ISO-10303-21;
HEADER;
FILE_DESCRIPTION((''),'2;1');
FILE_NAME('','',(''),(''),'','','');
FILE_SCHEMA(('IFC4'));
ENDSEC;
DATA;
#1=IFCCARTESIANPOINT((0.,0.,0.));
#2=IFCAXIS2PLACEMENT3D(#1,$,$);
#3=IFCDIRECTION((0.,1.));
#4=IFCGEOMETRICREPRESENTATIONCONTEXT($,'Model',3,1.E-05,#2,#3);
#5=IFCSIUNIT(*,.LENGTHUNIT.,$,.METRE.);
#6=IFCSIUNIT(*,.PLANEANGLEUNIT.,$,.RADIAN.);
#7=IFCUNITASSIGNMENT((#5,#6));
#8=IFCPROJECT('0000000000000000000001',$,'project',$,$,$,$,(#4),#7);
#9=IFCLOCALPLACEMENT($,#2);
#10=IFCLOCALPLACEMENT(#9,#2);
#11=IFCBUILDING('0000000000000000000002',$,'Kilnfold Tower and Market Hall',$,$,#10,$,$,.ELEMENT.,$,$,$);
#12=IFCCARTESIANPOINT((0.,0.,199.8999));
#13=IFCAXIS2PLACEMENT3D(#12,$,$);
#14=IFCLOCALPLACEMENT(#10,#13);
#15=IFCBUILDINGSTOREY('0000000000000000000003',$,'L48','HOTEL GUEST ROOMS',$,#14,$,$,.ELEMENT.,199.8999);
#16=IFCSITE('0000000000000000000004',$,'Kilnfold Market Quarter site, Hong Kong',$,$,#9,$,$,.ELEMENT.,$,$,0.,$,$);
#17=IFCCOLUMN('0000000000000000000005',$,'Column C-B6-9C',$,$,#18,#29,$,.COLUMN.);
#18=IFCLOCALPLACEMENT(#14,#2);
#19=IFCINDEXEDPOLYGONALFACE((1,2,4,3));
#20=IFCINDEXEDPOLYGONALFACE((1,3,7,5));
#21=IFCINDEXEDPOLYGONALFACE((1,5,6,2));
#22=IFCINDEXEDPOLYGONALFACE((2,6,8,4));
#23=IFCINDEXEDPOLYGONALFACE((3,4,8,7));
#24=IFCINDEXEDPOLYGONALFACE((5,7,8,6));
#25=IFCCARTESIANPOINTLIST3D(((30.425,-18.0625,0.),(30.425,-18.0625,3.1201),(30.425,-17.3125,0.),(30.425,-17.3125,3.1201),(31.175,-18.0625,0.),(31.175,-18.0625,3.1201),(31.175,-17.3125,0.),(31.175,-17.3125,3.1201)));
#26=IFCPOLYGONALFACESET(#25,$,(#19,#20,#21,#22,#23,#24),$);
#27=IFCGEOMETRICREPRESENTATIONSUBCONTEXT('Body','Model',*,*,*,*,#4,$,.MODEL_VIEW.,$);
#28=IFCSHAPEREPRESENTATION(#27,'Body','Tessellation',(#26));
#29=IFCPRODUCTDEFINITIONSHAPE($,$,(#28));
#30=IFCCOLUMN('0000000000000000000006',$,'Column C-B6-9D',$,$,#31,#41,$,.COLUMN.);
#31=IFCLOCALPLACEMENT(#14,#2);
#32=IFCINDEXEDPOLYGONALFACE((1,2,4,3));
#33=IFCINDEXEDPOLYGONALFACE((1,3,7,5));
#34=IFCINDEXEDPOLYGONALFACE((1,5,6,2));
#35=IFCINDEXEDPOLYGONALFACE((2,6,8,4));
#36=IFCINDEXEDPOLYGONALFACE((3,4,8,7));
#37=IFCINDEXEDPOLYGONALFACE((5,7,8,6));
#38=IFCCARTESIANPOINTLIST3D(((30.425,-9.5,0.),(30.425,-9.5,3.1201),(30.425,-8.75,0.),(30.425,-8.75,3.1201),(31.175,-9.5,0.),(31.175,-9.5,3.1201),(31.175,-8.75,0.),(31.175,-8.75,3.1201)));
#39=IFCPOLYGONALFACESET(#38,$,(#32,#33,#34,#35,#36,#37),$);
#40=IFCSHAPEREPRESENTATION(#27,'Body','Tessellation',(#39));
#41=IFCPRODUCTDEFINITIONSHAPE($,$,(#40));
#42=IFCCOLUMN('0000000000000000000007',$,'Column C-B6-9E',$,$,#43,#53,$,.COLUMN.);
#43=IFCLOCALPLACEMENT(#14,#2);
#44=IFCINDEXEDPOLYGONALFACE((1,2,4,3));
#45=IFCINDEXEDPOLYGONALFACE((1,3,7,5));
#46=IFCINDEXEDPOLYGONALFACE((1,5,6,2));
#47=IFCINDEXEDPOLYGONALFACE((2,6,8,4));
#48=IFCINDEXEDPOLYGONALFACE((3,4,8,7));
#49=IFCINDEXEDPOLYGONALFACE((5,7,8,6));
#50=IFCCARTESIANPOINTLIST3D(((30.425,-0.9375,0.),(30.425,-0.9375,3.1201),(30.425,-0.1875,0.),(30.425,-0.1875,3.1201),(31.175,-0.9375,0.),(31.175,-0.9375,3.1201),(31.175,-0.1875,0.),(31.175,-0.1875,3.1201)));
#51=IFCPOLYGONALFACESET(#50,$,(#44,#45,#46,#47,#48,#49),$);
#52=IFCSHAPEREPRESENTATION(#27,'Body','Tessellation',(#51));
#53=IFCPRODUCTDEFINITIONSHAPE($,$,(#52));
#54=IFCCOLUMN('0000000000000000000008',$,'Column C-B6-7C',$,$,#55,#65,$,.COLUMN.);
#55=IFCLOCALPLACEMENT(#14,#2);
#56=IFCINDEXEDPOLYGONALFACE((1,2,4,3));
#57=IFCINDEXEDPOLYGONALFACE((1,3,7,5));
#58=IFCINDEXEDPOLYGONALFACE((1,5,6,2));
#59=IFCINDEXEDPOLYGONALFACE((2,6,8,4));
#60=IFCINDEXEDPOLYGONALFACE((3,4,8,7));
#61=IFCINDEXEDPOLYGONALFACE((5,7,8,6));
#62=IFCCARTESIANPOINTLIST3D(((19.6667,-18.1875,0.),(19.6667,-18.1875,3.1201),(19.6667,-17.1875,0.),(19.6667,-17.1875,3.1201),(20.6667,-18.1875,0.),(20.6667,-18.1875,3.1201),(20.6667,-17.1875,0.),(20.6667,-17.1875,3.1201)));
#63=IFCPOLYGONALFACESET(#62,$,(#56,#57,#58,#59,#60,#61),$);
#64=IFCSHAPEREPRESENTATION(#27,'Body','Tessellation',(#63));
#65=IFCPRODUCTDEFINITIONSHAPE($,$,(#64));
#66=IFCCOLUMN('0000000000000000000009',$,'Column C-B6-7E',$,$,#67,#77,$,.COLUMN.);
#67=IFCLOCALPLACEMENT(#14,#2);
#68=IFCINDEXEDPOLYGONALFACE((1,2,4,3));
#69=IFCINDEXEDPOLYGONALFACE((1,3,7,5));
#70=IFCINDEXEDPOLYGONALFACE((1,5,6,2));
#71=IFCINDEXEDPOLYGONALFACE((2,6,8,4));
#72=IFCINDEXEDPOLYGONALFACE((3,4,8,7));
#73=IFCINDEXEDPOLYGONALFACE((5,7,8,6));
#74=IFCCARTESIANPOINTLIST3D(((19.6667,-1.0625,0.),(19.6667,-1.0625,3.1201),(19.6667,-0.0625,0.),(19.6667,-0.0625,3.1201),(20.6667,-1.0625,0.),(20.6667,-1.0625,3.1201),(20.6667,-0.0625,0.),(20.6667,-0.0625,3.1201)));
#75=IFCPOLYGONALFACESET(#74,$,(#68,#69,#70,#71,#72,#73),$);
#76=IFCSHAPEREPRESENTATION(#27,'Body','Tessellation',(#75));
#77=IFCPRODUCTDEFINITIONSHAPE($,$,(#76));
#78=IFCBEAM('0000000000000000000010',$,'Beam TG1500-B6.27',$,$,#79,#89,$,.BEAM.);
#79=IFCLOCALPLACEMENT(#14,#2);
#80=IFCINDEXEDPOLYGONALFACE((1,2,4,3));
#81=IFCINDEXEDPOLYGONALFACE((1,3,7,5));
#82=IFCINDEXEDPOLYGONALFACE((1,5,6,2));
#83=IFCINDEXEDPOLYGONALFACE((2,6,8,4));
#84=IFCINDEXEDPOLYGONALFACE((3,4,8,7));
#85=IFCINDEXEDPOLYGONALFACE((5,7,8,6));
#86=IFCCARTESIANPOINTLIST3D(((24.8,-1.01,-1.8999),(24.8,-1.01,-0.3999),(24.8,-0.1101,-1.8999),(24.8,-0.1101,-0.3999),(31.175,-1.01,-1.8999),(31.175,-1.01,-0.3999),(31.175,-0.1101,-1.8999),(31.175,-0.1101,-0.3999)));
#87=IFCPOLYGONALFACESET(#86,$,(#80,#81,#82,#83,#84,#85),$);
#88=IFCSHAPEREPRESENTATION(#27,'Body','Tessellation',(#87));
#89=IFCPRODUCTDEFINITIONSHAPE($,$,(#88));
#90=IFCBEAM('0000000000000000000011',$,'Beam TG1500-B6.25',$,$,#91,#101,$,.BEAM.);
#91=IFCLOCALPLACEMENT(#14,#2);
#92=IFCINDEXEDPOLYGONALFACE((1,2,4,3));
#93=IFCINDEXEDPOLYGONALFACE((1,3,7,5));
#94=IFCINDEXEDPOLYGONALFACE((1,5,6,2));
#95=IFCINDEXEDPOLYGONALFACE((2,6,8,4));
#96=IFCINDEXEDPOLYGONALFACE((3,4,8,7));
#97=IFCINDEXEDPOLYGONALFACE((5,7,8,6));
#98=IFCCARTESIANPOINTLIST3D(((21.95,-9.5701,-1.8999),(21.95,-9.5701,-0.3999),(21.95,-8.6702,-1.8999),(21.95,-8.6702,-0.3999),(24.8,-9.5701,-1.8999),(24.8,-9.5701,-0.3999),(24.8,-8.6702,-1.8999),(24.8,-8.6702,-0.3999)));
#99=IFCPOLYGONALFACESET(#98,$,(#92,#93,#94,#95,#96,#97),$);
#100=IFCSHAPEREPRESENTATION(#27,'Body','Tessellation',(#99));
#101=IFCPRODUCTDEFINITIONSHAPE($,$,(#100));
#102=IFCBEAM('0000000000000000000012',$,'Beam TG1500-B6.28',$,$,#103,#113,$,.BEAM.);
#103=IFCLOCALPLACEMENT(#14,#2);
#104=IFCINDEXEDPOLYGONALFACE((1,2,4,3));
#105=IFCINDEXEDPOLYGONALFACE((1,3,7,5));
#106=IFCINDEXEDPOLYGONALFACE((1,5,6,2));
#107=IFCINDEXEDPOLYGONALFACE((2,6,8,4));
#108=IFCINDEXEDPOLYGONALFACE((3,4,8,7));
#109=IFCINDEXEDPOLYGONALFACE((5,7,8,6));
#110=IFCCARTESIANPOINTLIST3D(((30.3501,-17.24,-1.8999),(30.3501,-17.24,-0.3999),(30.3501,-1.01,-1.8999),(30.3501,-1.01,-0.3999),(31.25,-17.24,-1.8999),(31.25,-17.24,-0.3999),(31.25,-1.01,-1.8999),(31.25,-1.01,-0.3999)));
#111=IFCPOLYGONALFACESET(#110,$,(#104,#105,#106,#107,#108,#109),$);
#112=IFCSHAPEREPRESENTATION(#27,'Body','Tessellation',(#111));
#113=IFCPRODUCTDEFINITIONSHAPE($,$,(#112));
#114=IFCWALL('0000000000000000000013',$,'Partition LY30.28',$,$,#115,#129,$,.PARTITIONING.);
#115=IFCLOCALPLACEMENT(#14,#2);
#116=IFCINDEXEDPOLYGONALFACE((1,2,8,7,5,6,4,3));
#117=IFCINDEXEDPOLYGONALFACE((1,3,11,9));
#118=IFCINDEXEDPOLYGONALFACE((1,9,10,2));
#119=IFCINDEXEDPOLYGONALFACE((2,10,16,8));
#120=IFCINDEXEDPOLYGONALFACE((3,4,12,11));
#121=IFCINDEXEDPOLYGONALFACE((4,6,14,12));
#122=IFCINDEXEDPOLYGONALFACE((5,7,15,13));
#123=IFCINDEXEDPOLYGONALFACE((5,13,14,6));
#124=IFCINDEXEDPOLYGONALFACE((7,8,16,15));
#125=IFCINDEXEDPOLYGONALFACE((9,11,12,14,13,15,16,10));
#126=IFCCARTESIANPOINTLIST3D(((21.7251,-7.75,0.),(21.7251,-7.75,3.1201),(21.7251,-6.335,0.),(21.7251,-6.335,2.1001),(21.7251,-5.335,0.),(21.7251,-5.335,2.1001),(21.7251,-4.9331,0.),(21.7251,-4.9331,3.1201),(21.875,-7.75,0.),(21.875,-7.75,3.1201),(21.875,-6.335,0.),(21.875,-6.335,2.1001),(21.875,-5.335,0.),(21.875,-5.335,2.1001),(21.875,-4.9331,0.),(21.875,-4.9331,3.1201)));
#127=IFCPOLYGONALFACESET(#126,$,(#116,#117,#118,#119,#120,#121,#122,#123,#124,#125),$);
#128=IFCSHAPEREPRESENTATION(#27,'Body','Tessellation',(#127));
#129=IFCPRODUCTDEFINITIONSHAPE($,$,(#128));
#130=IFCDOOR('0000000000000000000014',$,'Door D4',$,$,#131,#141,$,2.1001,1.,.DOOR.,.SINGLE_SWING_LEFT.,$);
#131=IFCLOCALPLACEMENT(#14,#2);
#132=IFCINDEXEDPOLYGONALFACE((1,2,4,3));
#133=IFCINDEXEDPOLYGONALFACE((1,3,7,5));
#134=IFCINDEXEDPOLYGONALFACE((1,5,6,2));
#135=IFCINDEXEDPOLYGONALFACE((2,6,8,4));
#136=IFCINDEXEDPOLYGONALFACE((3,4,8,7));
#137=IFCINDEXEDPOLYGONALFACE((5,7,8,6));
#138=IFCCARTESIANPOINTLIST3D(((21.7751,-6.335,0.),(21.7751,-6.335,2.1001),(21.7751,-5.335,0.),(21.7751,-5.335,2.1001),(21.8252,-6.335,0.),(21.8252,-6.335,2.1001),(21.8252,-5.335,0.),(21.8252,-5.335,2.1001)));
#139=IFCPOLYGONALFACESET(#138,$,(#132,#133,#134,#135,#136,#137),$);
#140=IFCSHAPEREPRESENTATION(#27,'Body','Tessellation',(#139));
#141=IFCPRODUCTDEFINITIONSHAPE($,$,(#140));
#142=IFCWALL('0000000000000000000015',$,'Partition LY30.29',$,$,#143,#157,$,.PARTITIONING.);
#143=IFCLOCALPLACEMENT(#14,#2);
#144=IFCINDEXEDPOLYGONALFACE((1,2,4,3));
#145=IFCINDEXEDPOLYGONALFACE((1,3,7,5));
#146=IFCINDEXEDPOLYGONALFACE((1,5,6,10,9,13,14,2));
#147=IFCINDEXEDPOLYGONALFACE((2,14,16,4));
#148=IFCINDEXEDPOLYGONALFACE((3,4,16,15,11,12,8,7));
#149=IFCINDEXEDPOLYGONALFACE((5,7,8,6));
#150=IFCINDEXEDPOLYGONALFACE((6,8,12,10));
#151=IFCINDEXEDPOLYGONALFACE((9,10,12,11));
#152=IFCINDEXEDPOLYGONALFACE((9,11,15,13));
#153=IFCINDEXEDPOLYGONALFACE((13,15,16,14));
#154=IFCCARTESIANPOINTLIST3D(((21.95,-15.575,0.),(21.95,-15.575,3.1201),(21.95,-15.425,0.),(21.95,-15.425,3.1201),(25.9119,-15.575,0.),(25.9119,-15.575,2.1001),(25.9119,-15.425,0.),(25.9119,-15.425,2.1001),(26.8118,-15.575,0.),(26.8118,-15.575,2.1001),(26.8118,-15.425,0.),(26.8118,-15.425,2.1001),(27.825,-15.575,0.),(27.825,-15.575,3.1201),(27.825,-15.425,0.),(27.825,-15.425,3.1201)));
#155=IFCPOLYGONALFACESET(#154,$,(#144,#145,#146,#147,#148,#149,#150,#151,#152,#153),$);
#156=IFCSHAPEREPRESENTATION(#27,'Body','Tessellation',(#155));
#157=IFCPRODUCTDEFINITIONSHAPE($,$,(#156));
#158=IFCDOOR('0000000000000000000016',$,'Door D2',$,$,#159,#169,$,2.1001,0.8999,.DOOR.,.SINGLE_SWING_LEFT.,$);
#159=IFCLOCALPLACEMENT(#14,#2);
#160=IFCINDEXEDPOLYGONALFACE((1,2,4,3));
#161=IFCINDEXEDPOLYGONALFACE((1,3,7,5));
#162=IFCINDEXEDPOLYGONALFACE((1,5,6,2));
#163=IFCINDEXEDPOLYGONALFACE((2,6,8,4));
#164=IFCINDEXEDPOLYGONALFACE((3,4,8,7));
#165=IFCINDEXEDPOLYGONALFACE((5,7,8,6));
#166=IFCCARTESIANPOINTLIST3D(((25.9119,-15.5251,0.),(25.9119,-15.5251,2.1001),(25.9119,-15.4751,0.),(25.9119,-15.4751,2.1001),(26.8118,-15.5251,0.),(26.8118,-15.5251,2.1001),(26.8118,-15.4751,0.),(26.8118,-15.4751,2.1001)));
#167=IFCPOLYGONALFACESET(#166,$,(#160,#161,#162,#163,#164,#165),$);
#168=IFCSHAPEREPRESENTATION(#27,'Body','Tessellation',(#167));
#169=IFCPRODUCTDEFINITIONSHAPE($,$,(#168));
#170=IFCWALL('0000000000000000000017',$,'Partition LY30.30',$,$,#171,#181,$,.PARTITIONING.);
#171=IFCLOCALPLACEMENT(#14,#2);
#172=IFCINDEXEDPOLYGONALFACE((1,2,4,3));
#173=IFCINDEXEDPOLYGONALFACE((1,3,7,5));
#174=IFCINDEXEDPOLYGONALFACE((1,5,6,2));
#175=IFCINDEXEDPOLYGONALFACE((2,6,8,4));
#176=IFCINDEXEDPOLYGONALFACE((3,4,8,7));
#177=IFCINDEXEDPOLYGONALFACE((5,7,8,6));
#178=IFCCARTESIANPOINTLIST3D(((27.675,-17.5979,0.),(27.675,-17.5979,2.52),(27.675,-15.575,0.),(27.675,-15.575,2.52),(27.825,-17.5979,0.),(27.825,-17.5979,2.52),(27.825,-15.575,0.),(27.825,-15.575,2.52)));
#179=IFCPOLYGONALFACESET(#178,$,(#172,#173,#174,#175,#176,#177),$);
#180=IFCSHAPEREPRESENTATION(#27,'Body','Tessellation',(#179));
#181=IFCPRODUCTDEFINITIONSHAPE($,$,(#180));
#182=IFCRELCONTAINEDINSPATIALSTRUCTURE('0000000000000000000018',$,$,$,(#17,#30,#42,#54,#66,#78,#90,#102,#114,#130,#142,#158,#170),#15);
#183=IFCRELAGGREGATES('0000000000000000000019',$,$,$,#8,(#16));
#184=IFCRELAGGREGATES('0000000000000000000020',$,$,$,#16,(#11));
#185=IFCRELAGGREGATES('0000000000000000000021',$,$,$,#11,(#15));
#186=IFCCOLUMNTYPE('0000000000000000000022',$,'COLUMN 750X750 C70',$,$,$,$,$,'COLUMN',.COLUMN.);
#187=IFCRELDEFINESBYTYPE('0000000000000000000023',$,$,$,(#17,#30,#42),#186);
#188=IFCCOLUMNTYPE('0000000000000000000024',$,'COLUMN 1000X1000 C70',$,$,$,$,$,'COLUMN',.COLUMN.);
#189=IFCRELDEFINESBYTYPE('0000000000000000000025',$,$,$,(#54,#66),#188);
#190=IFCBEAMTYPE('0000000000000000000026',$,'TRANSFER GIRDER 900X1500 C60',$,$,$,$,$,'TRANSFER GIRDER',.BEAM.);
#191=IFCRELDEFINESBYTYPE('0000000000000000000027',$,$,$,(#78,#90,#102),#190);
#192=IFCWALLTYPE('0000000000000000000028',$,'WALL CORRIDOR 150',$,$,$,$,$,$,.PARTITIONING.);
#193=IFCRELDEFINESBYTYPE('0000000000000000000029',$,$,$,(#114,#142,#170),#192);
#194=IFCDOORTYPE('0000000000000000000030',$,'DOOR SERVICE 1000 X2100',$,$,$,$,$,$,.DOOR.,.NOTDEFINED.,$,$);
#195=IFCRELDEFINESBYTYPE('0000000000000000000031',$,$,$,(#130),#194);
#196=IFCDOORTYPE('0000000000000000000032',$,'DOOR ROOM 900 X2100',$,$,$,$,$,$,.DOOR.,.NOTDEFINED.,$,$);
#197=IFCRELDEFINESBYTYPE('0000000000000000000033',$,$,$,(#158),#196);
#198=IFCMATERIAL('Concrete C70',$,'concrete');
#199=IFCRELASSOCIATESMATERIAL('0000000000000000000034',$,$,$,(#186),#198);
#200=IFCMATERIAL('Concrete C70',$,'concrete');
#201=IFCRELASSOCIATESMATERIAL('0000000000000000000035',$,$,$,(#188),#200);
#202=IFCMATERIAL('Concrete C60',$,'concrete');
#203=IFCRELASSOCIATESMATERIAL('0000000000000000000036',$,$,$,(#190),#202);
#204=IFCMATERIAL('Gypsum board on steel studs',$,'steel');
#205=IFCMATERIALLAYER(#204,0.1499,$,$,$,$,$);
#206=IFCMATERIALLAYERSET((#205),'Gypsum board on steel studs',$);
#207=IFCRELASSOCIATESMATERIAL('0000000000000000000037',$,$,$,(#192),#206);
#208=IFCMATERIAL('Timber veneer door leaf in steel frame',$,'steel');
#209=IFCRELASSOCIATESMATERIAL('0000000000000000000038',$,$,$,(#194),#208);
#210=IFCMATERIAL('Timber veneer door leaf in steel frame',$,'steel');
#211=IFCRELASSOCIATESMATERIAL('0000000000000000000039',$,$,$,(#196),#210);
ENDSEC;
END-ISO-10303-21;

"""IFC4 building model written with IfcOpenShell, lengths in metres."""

from ifc_helpers import new_model, si_unit, direction, frame, frame_2d, origin, origin_2d, place, context, subcontext, project, spatial, rectangle, extrude, source, transform, mapped, material, layer, layer_set, material_profile, profile_set, type_object, element, fill, save


model = new_model("IFC4")

# Units and contexts
model_context = context("Model", 3, precision=1e-05, world=origin(), true_north=direction((0.0, 1.0)))
body_context = subcontext(model_context, "Body", "Model", "MODEL_VIEW")
ifc_project = project(units=[si_unit("LENGTHUNIT", "METRE"), si_unit("PLANEANGLEUNIT", "RADIAN")], contexts=[model_context])

# Site, building, storey
site_placement = place(None, origin())
site = spatial("IfcSite", under=ifc_project, at=site_placement, Name="Kilnfold Market Quarter site, Hong Kong", CompositionType="ELEMENT", RefElevation=0.0)
building_placement = place(site_placement, origin())
building = spatial("IfcBuilding", under=site, at=building_placement, Name="Kilnfold Tower and Market Hall", CompositionType="ELEMENT")
storey_placement = place(building_placement, frame((0.0, 0.0, 199.8999)))
storey = spatial("IfcBuildingStorey", under=building, at=storey_placement, Name="L48", Description="HOTEL GUEST ROOMS", CompositionType="ELEMENT", Elevation=199.8999)

# Columns
ifc_material_1 = material(Name="Concrete C70", Category="concrete")
ifc_material_profile_1 = material_profile(ifc_material_1, rectangle(XDim=0.75, YDim=0.75, at=origin_2d()), Name="RC 750x750")
ifc_profile_set_1 = profile_set([ifc_material_profile_1], Name="Concrete C70")
column_type_1 = type_object("IfcColumnType", Name="COLUMN 750X750 C70", ElementType="COLUMN", PredefinedType="COLUMN", material=ifc_profile_set_1)
shared_shape_1 = source(origin(), body_context, "Body", "SweptSolid", [
    extrude(rectangle(XDim=0.75, YDim=0.75, at=origin_2d()), origin(), (0.0, 0.0, 1.0), 3.1201),
])
for number, where, z_axis, x_axis, name in (
    (1, (30.8, -17.6875, 0.0), (0.0, 0.0, 1.0), (1.0, 0.0, 0.0), "Column C-B6-9C"),
    (2, (30.8, -9.125, 0.0), (0.0, 0.0, 1.0), (1.0, 0.0, 0.0), "Column C-B6-9D"),
    (3, (30.8, -0.5625, 0.0), (0.0, 0.0, 1.0), (1.0, 0.0, 0.0), "Column C-B6-9E"),
):
    element("IfcColumn", number, at=place(storey_placement, frame(where, z_axis=z_axis, x_axis=x_axis)), inside=storey, type_object=column_type_1, Name=name, PredefinedType="COLUMN", context=body_context, shape_type="MappedRepresentation", body=[
        mapped(shared_shape_1, transform((0.0, 0.0, 0.0))),
    ])
ifc_material_2 = material(Name="Concrete C70", Category="concrete")
ifc_material_profile_2 = material_profile(ifc_material_2, rectangle(XDim=1.0, YDim=1.0, at=origin_2d()), Name="RC 1000x1000")
ifc_profile_set_2 = profile_set([ifc_material_profile_2], Name="Concrete C70")
column_type_2 = type_object("IfcColumnType", Name="COLUMN 1000X1000 C70", ElementType="COLUMN", PredefinedType="COLUMN", material=ifc_profile_set_2)
shared_shape_2 = source(origin(), body_context, "Body", "SweptSolid", [
    extrude(rectangle(XDim=1.0, YDim=1.0, at=origin_2d()), origin(), (0.0, 0.0, 1.0), 3.1201),
])
for number, where, z_axis, x_axis, name in (
    (4, (20.1667, -17.6875, 0.0), (0.0, 0.0, 1.0), (1.0, 0.0, 0.0), "Column C-B6-7C"),
    (5, (20.1667, -0.5625, 0.0), (0.0, 0.0, 1.0), (1.0, 0.0, 0.0), "Column C-B6-7E"),
):
    element("IfcColumn", number, at=place(storey_placement, frame(where, z_axis=z_axis, x_axis=x_axis)), inside=storey, type_object=column_type_2, Name=name, PredefinedType="COLUMN", context=body_context, shape_type="MappedRepresentation", body=[
        mapped(shared_shape_2, transform((0.0, 0.0, 0.0))),
    ])

# Beams
ifc_material_3 = material(Name="Concrete C60", Category="concrete")
ifc_material_profile_3 = material_profile(ifc_material_3, rectangle(XDim=0.8999, YDim=1.5, at=origin_2d()), Name="RC 900x1500")
ifc_profile_set_3 = profile_set([ifc_material_profile_3], Name="Concrete C60")
beam_type = type_object("IfcBeamType", Name="TRANSFER GIRDER 900X1500 C60", ElementType="TRANSFER GIRDER", PredefinedType="BEAM", material=ifc_profile_set_3)
shared_shape_3 = source(origin(), body_context, "Body", "SweptSolid", [
    extrude(rectangle(XDim=0.8999, YDim=1.5, at=origin_2d()), origin(), (0.0, 0.0, 1.0), 6.375),
])
beam_1_placement = place(storey_placement, frame((24.8, -0.5601, -1.1499), z_axis=(1.0, 0.0, 0.0), x_axis=(0.0, 1.0, 0.0)))
element("IfcBeam", 6, at=beam_1_placement, inside=storey, type_object=beam_type, Name="Beam TG1500-B6.27", PredefinedType="BEAM", context=body_context, shape_type="MappedRepresentation", body=[
    mapped(shared_shape_3, transform((0.0, 0.0, 0.0))),
])
shared_shape_4 = source(origin(), body_context, "Body", "SweptSolid", [
    extrude(rectangle(XDim=0.8999, YDim=1.5, at=origin_2d()), origin(), (0.0, 0.0, 1.0), 2.8501),
])
beam_2_placement = place(storey_placement, frame((21.95, -9.1201, -1.1499), z_axis=(1.0, 0.0, 0.0), x_axis=(0.0, 1.0, 0.0)))
element("IfcBeam", 7, at=beam_2_placement, inside=storey, type_object=beam_type, Name="Beam TG1500-B6.25", PredefinedType="BEAM", context=body_context, shape_type="MappedRepresentation", body=[
    mapped(shared_shape_4, transform((0.0, 0.0, 0.0))),
])
shared_shape_5 = source(origin(), body_context, "Body", "SweptSolid", [
    extrude(rectangle(XDim=0.8999, YDim=1.5, at=origin_2d()), origin(), (0.0, 0.0, 1.0), 16.23),
])
beam_3_placement = place(storey_placement, frame((30.8, -17.24, -1.1499), z_axis=(0.0, 1.0, 0.0), x_axis=(-1.0, 0.0, 0.0)))
element("IfcBeam", 8, at=beam_3_placement, inside=storey, type_object=beam_type, Name="Beam TG1500-B6.28", PredefinedType="BEAM", context=body_context, shape_type="MappedRepresentation", body=[
    mapped(shared_shape_5, transform((0.0, 0.0, 0.0))),
])

# Walls, openings, doors
ifc_material_4 = material(Name="Gypsum board on steel studs", Category="steel")
ifc_layer_1 = layer(ifc_material_4, 0.1499)
ifc_layer_set_1 = layer_set([ifc_layer_1], Name="Gypsum board on steel studs")
wall_type_1 = type_object("IfcWallType", Name="WALL CORRIDOR 150", PredefinedType="PARTITIONING", material=ifc_layer_set_1)
wall_1_placement = place(storey_placement, frame((21.8, -7.75, 0.0), z_axis=(0.0, 0.0, 1.0), x_axis=(0.0, 1.0, 0.0)))
wall_1 = element("IfcWall", 9, at=wall_1_placement, inside=storey, type_object=wall_type_1, Name="Partition LY30.28", PredefinedType="PARTITIONING", context=body_context, shape_type="SweptSolid", body=[
    extrude(rectangle(XDim=2.8169, YDim=0.1499, at=frame_2d((1.4084, 0.0))), origin(), (0.0, 0.0, 1.0), 3.1201),
])
opening_1_placement = place(wall_1_placement, frame((1.415, 0.0, 0.0)))
opening_1 = element("IfcOpeningElement", 10, at=opening_1_placement, cuts=wall_1, PredefinedType="OPENING", context=body_context, shape_type="SweptSolid", body=[
    extrude(rectangle(XDim=1.0, YDim=2.1001, at=frame_2d((0.5, 1.05))), frame((0.0, 0.085, 0.0), z_axis=(0.0, -1.0, 0.0), x_axis=(1.0, 0.0, 0.0)), (0.0, 0.0, 1.0), 0.1699),
])
ifc_material_5 = material(Name="Timber veneer door leaf in steel frame", Category="steel")
door_type_1 = type_object("IfcDoorType", Name="DOOR SERVICE 1000 X2100", OperationType="NOTDEFINED", PredefinedType="DOOR", material=ifc_material_5)
door_1_placement = place(opening_1_placement, origin())
door_1 = element("IfcDoor", 11, at=door_1_placement, inside=storey, type_object=door_type_1, Name="Door D4", OperationType="SINGLE_SWING_LEFT", OverallHeight=2.1001, OverallWidth=1.0, PredefinedType="DOOR", context=body_context, shape_type="SweptSolid", body=[
    extrude(rectangle(XDim=1.0, YDim=2.1001, at=frame_2d((0.5, 1.05))), frame((0.0, 0.0249, 0.0), z_axis=(0.0, -1.0, 0.0), x_axis=(1.0, 0.0, 0.0)), (0.0, 0.0, 1.0), 0.05),
])
fill(opening_1, door_1)
wall_2_placement = place(storey_placement, frame((21.95, -15.5, 0.0), z_axis=(0.0, 0.0, 1.0), x_axis=(1.0, 0.0, 0.0)))
wall_2 = element("IfcWall", 12, at=wall_2_placement, inside=storey, type_object=wall_type_1, Name="Partition LY30.29", PredefinedType="PARTITIONING", context=body_context, shape_type="SweptSolid", body=[
    extrude(rectangle(XDim=5.875, YDim=0.1499, at=frame_2d((2.9375, 0.0))), origin(), (0.0, 0.0, 1.0), 3.1201),
])
opening_2_placement = place(wall_2_placement, frame((3.9619, 0.0, 0.0)))
opening_2 = element("IfcOpeningElement", 13, at=opening_2_placement, cuts=wall_2, PredefinedType="OPENING", context=body_context, shape_type="SweptSolid", body=[
    extrude(rectangle(XDim=0.8999, YDim=2.1001, at=frame_2d((0.45, 1.05))), frame((0.0, 0.085, 0.0), z_axis=(0.0, -1.0, 0.0), x_axis=(1.0, 0.0, 0.0)), (0.0, 0.0, 1.0), 0.1699),
])
ifc_material_6 = material(Name="Timber veneer door leaf in steel frame", Category="steel")
door_type_2 = type_object("IfcDoorType", Name="DOOR ROOM 900 X2100", OperationType="NOTDEFINED", PredefinedType="DOOR", material=ifc_material_6)
door_2_placement = place(opening_2_placement, origin())
door_2 = element("IfcDoor", 14, at=door_2_placement, inside=storey, type_object=door_type_2, Name="Door D2", OperationType="SINGLE_SWING_LEFT", OverallHeight=2.1001, OverallWidth=0.8999, PredefinedType="DOOR", context=body_context, shape_type="SweptSolid", body=[
    extrude(rectangle(XDim=0.8999, YDim=2.1001, at=frame_2d((0.45, 1.05))), frame((0.0, 0.0249, 0.0), z_axis=(0.0, -1.0, 0.0), x_axis=(1.0, 0.0, 0.0)), (0.0, 0.0, 1.0), 0.05),
])
fill(opening_2, door_2)

# Wall
wall_3_placement = place(storey_placement, frame((27.75, -17.5979, 0.0), z_axis=(0.0, 0.0, 1.0), x_axis=(0.0, 1.0, 0.0)))
element("IfcWall", 15, at=wall_3_placement, inside=storey, type_object=wall_type_1, Name="Partition LY30.30", PredefinedType="PARTITIONING", context=body_context, shape_type="SweptSolid", body=[
    extrude(rectangle(XDim=2.0229, YDim=0.1499, at=frame_2d((1.0115, 0.0))), origin(), (0.0, 0.0, 1.0), 2.52),
])

save(model, "model.ifc")
